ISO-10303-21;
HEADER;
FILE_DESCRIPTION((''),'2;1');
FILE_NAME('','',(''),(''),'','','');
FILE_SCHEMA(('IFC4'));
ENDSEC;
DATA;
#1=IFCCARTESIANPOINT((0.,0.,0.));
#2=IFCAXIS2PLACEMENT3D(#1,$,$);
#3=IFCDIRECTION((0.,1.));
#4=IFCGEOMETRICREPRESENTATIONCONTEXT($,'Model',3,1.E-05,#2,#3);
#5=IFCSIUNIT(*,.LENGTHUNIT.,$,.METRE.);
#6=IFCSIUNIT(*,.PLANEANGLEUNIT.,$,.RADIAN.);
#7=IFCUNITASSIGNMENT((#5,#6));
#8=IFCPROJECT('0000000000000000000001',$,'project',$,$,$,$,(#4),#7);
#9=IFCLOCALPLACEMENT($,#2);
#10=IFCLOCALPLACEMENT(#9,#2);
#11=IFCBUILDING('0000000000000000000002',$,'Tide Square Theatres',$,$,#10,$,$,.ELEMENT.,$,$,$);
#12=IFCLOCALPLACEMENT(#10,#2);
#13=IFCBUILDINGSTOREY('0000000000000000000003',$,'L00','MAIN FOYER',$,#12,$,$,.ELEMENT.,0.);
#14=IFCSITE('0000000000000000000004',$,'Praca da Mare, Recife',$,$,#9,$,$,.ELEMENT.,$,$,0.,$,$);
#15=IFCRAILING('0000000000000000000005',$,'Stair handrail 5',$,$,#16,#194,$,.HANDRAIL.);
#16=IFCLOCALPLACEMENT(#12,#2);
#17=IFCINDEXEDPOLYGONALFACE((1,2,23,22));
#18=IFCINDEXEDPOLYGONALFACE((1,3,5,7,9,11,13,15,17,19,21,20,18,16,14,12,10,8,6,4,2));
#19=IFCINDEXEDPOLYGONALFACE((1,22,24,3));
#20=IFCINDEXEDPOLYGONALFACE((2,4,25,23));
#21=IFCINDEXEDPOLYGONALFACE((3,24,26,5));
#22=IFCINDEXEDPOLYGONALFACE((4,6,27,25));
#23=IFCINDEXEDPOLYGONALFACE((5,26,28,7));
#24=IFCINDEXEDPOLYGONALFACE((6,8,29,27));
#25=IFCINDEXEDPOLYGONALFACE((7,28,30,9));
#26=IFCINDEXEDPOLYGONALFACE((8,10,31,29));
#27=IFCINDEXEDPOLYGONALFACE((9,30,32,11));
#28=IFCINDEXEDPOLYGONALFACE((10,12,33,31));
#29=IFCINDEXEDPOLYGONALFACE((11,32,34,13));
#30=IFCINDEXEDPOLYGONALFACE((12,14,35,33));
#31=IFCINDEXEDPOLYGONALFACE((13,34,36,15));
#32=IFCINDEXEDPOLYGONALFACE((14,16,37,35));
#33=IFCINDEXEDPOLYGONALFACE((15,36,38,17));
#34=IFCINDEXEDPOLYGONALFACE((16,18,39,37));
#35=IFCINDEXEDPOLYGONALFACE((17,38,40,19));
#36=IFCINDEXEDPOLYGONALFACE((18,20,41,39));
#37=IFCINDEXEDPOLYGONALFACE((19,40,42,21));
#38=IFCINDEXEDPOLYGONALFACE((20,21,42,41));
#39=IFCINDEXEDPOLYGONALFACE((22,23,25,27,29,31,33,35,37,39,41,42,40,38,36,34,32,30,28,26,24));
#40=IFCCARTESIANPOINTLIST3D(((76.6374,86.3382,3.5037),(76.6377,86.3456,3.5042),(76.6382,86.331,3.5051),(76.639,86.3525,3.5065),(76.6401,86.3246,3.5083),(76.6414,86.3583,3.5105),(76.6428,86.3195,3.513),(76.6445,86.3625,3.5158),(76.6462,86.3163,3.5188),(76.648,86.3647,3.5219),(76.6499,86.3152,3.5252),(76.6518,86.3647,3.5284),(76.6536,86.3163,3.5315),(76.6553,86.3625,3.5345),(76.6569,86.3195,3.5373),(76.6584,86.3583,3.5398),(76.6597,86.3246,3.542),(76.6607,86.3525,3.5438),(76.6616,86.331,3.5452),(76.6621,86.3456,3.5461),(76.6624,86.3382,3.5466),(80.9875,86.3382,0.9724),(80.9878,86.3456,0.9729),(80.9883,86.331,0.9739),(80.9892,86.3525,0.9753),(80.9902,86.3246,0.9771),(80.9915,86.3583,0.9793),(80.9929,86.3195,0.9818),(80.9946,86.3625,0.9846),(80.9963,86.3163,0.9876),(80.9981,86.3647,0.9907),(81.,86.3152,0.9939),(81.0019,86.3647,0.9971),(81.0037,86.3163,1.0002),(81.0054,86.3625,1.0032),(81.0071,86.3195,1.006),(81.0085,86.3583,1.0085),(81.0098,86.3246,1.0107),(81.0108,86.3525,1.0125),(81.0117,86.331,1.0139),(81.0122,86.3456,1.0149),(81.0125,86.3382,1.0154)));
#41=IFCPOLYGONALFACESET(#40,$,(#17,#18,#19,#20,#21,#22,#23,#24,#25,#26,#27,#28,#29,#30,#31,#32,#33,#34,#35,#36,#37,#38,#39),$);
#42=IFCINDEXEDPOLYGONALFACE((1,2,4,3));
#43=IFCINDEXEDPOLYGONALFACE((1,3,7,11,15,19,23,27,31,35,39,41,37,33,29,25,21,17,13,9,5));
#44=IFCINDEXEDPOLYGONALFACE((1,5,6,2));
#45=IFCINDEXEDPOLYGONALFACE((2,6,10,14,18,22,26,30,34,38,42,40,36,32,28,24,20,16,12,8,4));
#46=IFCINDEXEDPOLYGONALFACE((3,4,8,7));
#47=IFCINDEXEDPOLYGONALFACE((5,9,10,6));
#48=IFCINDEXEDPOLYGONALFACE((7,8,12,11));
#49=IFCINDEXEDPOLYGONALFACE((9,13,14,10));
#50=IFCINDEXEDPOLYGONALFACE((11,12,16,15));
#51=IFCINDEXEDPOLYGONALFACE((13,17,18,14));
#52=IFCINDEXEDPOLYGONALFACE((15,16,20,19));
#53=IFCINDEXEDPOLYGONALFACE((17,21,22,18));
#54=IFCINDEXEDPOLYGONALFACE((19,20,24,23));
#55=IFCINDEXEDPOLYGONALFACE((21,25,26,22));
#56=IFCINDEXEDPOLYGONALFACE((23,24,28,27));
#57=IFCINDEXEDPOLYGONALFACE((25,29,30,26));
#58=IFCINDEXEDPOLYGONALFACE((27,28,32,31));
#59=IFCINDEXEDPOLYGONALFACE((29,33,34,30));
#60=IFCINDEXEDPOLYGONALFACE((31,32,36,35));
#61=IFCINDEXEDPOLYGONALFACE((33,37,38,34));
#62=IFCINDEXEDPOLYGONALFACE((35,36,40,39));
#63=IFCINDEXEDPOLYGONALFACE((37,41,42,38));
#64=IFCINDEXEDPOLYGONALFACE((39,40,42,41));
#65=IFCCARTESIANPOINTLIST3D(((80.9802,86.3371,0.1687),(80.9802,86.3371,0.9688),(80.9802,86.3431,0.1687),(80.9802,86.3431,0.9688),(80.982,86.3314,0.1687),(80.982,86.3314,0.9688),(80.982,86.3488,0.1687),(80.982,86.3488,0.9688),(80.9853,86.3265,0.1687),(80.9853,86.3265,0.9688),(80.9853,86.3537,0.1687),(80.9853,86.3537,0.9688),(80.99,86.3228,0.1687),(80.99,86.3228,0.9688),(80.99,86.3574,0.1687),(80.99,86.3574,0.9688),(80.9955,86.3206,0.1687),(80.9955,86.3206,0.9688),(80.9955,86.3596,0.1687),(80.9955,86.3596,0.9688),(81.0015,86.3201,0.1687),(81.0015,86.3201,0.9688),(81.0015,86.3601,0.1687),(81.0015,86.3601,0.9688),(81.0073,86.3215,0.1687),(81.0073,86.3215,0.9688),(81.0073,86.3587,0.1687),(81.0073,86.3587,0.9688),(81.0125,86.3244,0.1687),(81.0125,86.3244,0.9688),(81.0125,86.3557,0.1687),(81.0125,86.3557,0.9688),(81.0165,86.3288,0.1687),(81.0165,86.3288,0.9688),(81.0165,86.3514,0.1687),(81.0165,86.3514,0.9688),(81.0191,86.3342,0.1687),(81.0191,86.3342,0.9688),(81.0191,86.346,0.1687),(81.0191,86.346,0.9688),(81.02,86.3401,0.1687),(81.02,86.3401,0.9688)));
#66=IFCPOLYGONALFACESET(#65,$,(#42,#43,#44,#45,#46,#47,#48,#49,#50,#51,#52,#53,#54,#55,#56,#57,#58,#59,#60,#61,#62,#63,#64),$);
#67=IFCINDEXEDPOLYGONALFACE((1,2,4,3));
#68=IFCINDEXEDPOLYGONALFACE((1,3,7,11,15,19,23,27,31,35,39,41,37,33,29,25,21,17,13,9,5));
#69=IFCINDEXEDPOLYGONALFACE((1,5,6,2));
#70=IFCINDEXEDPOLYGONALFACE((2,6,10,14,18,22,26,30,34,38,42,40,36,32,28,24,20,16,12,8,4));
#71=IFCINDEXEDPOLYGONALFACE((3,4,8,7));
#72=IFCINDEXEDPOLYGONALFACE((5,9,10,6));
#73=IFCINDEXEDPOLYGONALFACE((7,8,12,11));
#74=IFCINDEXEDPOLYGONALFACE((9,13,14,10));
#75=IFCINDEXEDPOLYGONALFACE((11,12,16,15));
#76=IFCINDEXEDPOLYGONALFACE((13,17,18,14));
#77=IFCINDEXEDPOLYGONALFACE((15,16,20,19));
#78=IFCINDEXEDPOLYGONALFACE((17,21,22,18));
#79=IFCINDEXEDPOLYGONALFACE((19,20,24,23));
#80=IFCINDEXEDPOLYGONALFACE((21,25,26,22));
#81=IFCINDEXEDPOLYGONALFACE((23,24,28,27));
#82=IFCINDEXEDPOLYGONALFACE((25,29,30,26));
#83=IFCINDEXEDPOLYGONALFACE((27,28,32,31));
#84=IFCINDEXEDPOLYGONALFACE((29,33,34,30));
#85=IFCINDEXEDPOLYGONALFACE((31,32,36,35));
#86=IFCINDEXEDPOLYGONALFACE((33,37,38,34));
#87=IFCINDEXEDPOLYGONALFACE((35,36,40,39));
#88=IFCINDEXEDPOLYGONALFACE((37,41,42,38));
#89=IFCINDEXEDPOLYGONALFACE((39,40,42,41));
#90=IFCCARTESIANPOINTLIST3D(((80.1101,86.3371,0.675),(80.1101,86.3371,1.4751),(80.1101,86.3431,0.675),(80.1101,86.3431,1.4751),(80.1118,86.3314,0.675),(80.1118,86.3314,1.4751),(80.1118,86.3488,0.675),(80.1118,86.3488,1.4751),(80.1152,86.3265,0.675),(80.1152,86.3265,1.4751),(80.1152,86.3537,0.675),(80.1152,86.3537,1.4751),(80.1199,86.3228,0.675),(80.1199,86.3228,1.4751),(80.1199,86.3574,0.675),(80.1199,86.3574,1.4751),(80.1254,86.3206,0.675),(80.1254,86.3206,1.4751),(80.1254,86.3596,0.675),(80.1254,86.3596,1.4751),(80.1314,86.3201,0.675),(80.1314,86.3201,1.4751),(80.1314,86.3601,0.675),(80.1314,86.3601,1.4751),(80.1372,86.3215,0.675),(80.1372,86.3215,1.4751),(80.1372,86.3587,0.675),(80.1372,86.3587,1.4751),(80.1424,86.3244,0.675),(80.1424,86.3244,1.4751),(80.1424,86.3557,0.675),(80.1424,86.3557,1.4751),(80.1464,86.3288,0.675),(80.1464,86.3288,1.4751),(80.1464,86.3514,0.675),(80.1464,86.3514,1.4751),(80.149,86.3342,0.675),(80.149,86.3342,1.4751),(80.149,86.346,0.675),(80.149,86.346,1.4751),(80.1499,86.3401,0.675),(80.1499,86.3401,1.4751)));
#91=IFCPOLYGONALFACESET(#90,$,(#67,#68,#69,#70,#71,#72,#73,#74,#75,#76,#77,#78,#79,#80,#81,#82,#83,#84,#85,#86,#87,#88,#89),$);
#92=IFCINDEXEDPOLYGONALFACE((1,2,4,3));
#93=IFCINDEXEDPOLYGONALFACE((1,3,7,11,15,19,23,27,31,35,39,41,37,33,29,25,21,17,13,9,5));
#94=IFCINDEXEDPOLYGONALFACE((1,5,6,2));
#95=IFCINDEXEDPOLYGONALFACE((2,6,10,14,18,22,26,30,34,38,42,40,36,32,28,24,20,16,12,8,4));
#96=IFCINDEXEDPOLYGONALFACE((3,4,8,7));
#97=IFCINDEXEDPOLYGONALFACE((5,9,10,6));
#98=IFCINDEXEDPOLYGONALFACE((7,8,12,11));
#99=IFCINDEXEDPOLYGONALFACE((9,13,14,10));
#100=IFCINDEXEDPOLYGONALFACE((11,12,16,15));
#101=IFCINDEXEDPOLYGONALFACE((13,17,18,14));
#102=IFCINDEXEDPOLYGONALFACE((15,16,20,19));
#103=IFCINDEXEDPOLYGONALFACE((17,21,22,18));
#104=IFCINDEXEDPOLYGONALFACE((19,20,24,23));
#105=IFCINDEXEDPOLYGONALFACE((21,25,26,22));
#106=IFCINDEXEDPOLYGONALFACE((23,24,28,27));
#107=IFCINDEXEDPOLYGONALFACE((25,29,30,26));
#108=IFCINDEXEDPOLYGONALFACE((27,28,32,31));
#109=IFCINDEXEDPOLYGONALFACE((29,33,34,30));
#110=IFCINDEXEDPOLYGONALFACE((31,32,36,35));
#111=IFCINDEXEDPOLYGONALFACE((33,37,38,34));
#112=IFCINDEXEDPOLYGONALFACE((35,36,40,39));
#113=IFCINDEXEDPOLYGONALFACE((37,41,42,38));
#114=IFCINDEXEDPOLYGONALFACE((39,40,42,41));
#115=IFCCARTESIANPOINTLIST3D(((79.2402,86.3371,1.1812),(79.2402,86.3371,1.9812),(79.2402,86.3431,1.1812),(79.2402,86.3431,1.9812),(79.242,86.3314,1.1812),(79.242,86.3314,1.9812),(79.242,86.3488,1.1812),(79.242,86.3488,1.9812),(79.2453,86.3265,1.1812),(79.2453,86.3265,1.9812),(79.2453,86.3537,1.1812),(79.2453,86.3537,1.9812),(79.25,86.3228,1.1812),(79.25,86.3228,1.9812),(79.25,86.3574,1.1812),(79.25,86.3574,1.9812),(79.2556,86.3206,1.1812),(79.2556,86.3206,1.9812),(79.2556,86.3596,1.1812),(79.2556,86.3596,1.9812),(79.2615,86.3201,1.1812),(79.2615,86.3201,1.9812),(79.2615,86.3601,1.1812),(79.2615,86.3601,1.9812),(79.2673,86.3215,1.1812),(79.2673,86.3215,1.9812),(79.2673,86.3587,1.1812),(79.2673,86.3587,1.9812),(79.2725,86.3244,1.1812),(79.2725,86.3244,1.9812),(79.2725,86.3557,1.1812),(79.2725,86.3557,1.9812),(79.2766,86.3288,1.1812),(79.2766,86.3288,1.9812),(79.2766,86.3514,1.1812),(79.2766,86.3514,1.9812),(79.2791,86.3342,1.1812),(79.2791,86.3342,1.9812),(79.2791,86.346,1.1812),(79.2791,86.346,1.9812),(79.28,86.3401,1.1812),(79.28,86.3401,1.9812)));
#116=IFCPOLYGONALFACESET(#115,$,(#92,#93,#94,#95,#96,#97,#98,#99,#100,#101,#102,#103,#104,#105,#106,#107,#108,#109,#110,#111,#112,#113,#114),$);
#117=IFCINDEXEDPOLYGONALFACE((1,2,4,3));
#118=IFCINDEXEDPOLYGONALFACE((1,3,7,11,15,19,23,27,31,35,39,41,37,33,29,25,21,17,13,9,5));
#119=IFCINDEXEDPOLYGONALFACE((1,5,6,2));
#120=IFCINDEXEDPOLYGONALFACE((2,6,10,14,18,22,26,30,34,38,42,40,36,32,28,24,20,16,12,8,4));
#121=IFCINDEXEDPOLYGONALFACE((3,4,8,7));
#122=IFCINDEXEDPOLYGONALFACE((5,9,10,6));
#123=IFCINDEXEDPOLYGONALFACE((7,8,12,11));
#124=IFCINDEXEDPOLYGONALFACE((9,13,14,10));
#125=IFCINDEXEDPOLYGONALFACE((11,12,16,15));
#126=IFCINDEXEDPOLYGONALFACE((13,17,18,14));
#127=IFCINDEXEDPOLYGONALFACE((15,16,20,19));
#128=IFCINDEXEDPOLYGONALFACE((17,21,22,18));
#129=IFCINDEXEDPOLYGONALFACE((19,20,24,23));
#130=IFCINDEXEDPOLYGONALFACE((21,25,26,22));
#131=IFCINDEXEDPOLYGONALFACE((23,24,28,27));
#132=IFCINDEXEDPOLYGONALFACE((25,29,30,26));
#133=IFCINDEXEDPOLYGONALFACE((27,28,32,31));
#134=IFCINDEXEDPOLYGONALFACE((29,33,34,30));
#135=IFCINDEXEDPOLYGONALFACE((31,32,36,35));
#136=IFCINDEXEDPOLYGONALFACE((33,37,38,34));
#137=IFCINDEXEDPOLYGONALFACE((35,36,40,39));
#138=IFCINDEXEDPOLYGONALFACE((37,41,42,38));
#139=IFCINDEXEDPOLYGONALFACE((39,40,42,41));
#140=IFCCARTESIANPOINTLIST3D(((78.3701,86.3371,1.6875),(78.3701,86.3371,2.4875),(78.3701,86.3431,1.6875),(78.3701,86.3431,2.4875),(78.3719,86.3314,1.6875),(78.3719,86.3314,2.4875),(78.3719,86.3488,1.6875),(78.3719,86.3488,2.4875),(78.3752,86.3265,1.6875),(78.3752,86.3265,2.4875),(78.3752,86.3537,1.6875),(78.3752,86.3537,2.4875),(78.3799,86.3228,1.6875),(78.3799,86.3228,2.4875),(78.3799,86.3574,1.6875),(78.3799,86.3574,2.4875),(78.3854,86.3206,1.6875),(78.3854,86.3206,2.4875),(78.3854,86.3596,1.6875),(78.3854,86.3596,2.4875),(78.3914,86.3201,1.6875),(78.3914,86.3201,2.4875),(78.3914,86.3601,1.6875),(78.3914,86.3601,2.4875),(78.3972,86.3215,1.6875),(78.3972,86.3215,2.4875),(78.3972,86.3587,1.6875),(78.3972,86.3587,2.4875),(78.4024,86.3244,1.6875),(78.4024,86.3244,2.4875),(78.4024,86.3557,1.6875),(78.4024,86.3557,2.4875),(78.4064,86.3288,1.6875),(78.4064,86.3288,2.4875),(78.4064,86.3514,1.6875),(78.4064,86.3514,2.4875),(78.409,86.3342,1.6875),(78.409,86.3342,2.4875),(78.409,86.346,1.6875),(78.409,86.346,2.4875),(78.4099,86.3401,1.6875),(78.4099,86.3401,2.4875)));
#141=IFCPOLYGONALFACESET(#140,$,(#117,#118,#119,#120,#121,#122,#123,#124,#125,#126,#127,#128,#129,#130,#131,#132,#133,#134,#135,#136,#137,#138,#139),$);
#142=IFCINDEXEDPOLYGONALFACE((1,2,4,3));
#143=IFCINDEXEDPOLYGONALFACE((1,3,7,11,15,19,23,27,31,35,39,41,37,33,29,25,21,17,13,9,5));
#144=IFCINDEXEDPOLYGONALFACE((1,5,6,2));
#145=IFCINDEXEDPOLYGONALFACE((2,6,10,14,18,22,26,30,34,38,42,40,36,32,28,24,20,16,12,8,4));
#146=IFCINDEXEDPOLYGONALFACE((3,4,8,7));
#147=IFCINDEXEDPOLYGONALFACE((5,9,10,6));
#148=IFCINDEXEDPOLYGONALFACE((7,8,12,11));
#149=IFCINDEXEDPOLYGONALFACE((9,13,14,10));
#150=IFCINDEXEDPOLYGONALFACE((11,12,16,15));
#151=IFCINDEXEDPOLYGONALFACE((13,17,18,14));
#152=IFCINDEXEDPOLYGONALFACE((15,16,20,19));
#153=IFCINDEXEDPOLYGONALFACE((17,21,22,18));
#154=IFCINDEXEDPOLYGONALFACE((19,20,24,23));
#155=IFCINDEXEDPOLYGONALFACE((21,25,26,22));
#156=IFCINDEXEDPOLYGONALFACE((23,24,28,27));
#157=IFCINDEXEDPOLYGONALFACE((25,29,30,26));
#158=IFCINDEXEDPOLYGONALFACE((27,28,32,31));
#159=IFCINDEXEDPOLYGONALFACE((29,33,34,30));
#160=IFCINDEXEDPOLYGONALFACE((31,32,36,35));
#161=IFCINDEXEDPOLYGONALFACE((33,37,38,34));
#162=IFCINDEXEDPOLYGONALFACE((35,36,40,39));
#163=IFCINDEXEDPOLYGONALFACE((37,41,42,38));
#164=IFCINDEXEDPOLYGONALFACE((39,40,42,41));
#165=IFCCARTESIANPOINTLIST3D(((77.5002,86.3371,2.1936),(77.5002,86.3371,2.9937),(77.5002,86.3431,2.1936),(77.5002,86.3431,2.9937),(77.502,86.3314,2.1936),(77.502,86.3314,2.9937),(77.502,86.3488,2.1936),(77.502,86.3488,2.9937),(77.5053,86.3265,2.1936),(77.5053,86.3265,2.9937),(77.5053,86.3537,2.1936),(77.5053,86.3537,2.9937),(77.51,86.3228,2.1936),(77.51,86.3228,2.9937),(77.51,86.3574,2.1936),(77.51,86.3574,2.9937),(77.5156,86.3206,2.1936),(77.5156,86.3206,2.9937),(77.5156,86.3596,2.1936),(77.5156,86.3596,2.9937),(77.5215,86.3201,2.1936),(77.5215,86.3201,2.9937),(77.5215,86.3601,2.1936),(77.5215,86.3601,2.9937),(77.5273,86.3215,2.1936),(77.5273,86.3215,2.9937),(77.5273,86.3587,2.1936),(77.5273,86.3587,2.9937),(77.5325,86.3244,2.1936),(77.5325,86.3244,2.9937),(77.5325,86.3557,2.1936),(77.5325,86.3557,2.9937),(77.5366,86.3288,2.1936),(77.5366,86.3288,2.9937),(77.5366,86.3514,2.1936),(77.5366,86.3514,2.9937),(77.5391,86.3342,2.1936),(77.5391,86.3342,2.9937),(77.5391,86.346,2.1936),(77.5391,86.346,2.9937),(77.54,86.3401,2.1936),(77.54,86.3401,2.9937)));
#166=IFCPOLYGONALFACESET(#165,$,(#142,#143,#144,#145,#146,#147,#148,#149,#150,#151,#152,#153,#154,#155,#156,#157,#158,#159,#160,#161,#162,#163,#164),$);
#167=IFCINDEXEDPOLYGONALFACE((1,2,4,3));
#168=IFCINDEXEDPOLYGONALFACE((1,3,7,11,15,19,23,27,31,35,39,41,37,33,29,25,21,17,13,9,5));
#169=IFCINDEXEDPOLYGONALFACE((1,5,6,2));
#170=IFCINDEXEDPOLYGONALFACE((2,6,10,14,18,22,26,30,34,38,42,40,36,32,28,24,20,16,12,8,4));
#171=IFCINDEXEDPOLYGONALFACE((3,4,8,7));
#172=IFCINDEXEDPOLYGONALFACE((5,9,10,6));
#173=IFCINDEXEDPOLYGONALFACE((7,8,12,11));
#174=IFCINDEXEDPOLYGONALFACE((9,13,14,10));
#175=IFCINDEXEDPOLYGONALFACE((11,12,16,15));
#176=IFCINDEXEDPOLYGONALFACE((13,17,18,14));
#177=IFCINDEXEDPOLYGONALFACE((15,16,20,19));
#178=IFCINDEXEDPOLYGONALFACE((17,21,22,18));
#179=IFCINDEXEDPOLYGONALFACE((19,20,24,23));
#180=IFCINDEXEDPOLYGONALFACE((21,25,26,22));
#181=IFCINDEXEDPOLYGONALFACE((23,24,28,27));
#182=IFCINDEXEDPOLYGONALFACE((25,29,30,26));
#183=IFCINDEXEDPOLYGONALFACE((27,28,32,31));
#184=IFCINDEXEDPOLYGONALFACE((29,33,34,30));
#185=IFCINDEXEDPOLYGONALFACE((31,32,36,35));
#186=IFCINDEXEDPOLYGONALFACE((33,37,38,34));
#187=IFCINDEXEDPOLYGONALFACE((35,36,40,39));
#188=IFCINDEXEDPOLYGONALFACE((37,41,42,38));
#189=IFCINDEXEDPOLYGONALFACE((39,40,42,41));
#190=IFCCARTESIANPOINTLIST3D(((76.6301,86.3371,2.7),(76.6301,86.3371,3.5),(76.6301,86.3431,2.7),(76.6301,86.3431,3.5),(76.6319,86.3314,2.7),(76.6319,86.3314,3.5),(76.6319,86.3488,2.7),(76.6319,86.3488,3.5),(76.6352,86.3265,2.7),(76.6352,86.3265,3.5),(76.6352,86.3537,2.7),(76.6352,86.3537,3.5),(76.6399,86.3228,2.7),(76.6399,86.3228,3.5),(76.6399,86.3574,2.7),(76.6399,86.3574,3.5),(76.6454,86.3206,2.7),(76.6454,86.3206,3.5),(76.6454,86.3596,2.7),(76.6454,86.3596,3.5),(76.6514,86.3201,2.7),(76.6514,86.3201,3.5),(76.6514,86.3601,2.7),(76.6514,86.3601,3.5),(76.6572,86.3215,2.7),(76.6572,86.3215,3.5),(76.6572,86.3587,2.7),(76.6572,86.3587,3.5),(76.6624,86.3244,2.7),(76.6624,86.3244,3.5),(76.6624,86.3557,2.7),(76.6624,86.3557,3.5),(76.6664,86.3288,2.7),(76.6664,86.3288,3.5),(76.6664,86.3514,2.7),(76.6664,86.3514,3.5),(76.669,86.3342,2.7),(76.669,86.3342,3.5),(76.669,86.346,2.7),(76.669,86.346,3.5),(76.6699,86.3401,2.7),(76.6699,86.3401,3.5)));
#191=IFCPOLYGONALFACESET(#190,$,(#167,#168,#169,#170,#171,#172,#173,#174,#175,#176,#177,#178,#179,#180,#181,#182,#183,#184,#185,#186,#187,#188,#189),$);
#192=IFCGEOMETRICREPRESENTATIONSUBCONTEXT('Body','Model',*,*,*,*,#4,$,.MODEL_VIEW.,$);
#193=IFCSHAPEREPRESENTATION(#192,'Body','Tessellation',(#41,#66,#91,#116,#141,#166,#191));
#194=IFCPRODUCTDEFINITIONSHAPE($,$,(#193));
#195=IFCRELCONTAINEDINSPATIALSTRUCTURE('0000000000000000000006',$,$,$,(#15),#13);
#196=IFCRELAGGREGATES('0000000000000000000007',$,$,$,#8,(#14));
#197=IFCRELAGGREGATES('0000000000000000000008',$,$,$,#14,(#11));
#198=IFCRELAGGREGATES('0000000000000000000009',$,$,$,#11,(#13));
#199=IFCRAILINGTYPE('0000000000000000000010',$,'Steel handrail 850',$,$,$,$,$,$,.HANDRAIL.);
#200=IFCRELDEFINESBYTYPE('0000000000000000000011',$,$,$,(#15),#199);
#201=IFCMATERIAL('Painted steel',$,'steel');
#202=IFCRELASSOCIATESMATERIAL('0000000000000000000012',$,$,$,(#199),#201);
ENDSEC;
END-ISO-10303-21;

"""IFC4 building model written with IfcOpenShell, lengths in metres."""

from ifc_helpers import new_model, si_unit, direction, frame, origin, origin_2d, place, context, subcontext, project, spatial, circle, extrude, material, type_object, element, save


model = new_model("IFC4")

# Units and contexts
model_context = context("Model", 3, precision=1e-05, world=origin(), true_north=direction((0.0, 1.0)))
body_context = subcontext(model_context, "Body", "Model", "MODEL_VIEW")
ifc_project = project(units=[si_unit("LENGTHUNIT", "METRE"), si_unit("PLANEANGLEUNIT", "RADIAN")], contexts=[model_context])

# Site, building, storey
site_placement = place(None, origin())
site = spatial("IfcSite", under=ifc_project, at=site_placement, Name="Praca da Mare, Recife", CompositionType="ELEMENT", RefElevation=0.0)
building_placement = place(site_placement, origin())
building = spatial("IfcBuilding", under=site, at=building_placement, Name="Tide Square Theatres", CompositionType="ELEMENT")
storey_placement = place(building_placement, origin())
storey = spatial("IfcBuildingStorey", under=building, at=storey_placement, Name="L00", Description="MAIN FOYER", CompositionType="ELEMENT", Elevation=0.0)

# Railing
ifc_material_1 = material(Name="Painted steel", Category="steel")
railing_type = type_object("IfcRailingType", Name="Steel handrail 850", PredefinedType="HANDRAIL", material=ifc_material_1)
for number, where, name in (
    (1, (81.0, 86.3401, 0.1687), "Stair handrail 5"),
):
    element("IfcRailing", number, at=place(storey_placement, frame(where)), inside=storey, type_object=railing_type, Name=name, PredefinedType="HANDRAIL", context=body_context, shape_type="SweptSolid", body=[
        extrude(circle(Radius=0.0249, at=origin_2d()), frame((0.0, 0.0, 0.8252), z_axis=(-0.864324, 0.0, 0.502936), x_axis=(0.0, -1.0, 0.0)), (0.0, 0.0, 1.0), 5.033),
        extrude(circle(Radius=0.02, at=origin_2d()), origin(), (0.0, 0.0, 1.0), 0.8),
        extrude(circle(Radius=0.02, at=origin_2d()), frame((-0.8701, 0.0, 0.5063)), (0.0, 0.0, 1.0), 0.8),
        extrude(circle(Radius=0.02, at=origin_2d()), frame((-1.74, 0.0, 1.0125)), (0.0, 0.0, 1.0), 0.8),
        extrude(circle(Radius=0.02, at=origin_2d()), frame((-2.6101, 0.0, 1.5188)), (0.0, 0.0, 1.0), 0.8),
        extrude(circle(Radius=0.02, at=origin_2d()), frame((-3.48, 0.0, 2.0249)), (0.0, 0.0, 1.0), 0.8),
        extrude(circle(Radius=0.02, at=origin_2d()), frame((-4.3501, 0.0, 2.5312)), (0.0, 0.0, 1.0), 0.8),
    ])

save(model, "model.ifc")
